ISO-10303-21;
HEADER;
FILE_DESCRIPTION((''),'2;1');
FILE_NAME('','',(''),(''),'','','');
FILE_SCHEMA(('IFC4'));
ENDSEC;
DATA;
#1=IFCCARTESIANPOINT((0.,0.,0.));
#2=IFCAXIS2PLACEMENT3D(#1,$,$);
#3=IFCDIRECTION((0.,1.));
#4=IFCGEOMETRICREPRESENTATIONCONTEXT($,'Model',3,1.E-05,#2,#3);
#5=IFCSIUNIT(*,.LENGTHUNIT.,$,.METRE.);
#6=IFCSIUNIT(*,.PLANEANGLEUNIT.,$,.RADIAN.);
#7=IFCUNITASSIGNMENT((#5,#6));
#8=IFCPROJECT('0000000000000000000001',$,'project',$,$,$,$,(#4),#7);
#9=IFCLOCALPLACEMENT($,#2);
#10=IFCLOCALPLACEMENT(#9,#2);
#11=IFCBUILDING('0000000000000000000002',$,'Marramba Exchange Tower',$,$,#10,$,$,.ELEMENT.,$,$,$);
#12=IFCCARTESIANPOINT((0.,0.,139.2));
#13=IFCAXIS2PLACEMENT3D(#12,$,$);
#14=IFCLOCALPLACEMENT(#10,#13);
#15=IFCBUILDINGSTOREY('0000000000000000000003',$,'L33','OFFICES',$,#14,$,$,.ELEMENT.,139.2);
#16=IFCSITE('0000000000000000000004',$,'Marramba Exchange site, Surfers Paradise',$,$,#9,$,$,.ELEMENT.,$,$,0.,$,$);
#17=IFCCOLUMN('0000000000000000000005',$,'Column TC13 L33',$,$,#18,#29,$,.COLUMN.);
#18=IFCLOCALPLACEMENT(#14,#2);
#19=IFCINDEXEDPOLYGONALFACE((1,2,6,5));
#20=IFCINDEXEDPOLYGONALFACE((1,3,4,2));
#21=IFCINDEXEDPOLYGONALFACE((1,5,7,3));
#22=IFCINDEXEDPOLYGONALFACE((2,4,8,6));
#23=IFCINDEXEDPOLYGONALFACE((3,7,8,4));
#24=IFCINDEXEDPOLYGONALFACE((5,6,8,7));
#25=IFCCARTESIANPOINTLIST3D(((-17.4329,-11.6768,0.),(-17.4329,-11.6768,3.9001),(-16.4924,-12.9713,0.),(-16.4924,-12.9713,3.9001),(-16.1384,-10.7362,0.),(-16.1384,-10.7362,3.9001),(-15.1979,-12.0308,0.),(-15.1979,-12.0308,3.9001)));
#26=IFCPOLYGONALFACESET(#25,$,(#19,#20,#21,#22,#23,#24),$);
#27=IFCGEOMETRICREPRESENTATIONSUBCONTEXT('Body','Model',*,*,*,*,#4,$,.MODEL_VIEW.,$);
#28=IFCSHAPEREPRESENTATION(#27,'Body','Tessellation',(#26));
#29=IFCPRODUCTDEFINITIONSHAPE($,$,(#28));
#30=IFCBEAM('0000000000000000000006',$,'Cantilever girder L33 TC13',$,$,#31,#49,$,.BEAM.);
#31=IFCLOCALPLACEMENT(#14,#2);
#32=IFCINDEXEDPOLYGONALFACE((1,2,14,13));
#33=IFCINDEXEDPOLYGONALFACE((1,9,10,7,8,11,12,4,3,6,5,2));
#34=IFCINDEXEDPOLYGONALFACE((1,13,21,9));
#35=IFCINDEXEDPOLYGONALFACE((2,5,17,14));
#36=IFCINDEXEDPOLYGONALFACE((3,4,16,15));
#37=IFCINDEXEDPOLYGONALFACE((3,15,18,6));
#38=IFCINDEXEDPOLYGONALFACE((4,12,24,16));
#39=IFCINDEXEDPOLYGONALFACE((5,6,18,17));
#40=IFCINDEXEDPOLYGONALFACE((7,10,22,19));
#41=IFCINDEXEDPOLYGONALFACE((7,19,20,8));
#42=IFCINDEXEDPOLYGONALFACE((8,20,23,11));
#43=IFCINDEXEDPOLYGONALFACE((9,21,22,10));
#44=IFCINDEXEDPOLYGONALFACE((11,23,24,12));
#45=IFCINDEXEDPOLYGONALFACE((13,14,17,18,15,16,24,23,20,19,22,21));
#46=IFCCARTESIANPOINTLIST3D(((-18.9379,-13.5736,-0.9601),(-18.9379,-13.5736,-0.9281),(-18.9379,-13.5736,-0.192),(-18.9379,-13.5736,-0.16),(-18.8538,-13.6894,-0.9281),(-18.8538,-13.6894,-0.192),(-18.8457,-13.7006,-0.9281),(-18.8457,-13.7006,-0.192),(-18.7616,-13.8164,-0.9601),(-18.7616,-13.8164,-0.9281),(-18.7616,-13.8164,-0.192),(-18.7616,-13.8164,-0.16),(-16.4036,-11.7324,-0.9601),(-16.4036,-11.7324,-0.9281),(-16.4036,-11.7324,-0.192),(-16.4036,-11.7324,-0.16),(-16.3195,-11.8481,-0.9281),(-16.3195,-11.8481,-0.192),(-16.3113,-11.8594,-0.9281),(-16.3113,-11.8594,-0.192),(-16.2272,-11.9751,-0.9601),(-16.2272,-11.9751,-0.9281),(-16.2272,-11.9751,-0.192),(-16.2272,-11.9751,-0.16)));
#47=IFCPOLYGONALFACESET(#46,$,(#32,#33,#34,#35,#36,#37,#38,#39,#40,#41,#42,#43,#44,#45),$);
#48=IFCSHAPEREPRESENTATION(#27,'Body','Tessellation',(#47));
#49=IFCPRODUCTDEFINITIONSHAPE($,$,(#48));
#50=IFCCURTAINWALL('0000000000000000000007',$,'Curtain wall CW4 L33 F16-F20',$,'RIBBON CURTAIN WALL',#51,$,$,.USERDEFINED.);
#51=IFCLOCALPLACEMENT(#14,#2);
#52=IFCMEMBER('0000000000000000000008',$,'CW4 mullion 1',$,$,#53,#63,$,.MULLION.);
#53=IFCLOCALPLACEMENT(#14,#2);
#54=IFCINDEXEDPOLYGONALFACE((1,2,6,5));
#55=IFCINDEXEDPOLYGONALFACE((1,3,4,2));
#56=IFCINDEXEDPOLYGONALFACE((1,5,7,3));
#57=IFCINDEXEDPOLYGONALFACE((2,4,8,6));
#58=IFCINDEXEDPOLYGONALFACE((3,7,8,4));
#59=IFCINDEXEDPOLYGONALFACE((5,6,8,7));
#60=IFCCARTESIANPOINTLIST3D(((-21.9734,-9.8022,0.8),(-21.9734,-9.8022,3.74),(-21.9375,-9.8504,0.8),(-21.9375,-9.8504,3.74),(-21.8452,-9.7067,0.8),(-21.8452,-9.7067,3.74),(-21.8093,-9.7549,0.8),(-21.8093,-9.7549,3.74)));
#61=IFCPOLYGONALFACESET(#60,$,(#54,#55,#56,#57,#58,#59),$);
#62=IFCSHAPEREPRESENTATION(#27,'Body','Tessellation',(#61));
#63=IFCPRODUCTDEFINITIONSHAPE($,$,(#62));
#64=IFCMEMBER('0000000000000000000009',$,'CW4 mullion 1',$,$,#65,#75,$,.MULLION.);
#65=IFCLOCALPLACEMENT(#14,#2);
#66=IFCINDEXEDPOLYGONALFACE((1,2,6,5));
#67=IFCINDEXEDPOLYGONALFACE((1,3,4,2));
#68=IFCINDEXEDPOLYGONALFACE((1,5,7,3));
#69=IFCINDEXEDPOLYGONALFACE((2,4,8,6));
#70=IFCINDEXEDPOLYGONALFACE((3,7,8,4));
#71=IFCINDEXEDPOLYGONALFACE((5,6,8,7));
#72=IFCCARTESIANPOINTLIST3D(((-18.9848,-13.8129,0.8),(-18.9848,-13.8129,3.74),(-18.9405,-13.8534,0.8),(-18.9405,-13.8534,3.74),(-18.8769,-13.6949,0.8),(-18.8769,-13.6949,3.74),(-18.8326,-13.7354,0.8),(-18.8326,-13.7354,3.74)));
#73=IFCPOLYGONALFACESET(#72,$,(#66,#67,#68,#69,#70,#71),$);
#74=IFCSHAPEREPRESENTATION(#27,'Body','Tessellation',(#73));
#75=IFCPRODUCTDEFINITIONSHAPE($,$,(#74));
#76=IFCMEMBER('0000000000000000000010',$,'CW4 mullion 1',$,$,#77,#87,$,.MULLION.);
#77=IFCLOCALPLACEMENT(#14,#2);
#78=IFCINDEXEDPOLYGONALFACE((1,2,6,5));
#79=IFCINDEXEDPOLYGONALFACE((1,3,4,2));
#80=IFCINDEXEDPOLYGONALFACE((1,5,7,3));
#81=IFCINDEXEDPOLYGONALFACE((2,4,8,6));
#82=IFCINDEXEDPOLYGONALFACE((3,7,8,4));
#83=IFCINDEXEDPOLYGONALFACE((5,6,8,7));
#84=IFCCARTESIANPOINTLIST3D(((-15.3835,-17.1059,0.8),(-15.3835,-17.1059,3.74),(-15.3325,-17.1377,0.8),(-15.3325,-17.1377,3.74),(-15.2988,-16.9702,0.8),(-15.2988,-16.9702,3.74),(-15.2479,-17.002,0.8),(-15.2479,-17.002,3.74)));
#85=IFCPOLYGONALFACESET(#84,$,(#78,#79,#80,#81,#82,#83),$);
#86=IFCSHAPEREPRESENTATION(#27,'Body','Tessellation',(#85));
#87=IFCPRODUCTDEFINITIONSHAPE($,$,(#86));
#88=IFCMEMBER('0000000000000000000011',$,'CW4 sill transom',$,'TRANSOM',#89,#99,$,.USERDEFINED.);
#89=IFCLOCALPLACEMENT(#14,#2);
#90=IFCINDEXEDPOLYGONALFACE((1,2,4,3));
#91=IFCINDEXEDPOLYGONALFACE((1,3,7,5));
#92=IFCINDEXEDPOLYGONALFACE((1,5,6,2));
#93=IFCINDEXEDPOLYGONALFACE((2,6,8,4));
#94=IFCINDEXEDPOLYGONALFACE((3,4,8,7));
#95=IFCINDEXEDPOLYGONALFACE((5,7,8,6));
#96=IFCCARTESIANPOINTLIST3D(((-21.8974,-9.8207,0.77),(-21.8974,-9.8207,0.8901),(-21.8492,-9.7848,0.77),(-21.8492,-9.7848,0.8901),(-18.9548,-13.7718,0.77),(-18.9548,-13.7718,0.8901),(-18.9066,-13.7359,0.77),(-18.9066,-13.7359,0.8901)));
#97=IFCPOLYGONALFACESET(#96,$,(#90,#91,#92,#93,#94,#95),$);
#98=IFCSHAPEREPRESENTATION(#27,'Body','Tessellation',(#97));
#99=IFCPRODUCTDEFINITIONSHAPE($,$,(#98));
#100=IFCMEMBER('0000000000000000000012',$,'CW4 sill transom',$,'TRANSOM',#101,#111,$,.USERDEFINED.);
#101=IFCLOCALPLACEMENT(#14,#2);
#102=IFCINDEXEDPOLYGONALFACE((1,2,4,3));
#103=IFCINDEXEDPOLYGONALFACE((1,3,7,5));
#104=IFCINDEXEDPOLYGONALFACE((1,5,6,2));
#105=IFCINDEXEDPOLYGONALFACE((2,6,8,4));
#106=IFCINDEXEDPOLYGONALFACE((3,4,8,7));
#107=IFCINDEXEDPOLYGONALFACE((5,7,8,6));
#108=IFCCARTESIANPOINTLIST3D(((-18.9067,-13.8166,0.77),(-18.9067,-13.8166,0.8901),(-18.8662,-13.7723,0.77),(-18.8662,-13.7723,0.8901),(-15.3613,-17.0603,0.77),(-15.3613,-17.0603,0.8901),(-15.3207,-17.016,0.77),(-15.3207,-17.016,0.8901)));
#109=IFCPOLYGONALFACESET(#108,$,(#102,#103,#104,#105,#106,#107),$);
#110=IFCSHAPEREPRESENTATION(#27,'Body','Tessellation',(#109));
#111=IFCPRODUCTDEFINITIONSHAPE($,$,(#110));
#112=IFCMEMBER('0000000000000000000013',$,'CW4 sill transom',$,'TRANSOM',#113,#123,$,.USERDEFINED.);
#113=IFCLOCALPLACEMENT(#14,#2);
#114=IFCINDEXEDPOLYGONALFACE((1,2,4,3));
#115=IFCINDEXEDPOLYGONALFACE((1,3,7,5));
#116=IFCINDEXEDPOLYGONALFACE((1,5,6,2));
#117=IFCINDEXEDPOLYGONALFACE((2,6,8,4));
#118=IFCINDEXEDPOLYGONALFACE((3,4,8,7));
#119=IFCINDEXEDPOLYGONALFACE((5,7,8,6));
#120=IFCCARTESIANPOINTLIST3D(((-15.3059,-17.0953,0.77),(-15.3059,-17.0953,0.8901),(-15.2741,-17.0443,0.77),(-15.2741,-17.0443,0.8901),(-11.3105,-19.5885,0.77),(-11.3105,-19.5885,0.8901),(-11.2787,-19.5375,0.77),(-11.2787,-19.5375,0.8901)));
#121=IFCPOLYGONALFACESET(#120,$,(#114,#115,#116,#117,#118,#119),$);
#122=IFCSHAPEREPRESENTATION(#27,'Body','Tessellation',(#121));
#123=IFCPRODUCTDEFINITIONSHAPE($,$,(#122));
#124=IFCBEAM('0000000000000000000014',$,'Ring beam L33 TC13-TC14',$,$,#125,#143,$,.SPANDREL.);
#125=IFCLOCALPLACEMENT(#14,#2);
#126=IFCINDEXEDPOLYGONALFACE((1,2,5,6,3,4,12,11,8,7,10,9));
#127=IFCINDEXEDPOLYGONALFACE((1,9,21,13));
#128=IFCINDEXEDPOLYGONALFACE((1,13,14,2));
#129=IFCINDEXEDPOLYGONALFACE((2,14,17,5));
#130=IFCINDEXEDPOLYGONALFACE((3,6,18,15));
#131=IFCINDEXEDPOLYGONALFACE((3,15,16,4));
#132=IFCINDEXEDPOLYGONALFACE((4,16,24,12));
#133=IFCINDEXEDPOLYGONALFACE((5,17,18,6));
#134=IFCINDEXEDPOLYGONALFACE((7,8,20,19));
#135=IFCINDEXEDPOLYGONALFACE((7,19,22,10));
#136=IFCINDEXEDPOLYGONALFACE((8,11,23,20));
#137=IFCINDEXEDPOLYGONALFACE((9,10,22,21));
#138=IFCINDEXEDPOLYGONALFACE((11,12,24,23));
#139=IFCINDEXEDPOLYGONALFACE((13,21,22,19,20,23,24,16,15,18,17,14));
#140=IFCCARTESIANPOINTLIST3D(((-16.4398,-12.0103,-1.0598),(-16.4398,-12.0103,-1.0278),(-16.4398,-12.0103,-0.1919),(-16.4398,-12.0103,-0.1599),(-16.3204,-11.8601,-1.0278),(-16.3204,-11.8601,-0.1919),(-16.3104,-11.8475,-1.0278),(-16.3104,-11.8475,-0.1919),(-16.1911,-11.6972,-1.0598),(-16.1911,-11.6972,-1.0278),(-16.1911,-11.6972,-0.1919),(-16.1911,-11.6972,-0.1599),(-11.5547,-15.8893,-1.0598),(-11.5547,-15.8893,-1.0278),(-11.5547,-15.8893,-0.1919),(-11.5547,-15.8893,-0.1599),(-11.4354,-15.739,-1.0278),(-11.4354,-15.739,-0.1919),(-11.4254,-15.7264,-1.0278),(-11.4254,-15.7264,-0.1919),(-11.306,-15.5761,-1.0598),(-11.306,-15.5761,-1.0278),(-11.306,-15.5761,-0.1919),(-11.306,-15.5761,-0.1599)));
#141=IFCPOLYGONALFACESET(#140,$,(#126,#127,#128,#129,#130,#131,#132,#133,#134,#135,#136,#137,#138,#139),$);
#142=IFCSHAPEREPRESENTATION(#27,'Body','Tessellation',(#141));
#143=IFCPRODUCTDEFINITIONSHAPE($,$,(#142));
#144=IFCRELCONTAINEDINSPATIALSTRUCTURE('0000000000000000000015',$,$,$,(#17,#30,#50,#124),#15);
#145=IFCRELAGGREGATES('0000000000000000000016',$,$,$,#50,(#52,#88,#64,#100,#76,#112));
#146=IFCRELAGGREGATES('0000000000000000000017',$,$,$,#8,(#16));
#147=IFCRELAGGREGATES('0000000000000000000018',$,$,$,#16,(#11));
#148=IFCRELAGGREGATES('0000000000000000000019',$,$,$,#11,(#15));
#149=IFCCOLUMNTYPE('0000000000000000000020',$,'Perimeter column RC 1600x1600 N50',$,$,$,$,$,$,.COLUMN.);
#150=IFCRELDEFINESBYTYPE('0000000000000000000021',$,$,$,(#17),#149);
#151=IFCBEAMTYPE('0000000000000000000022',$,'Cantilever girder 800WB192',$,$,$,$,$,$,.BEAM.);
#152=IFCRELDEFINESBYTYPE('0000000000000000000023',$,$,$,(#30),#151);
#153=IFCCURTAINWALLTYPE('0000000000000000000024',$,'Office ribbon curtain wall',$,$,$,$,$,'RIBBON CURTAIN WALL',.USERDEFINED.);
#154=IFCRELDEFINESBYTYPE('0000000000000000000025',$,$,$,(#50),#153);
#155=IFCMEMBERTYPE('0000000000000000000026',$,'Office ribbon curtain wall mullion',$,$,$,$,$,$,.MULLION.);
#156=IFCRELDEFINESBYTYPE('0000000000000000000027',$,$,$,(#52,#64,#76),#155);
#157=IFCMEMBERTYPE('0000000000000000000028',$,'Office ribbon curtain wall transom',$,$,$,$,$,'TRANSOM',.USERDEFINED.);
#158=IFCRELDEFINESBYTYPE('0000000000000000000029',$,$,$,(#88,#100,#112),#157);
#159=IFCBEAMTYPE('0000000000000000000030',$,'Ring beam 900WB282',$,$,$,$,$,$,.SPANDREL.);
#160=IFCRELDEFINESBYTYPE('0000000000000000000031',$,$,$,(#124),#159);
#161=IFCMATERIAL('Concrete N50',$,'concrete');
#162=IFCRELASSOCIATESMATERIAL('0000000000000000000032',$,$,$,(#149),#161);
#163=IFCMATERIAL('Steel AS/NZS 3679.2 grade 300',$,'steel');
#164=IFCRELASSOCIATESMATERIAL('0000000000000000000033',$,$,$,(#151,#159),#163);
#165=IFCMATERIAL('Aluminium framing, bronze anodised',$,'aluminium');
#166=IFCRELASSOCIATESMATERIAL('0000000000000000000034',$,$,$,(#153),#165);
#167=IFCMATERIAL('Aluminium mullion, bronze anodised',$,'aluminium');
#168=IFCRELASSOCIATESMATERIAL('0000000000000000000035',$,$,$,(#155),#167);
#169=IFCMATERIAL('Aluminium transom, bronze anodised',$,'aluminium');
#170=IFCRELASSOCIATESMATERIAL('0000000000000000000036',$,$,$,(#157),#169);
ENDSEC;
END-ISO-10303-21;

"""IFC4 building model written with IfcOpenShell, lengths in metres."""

from ifc_helpers import new_model, si_unit, direction, frame, origin, origin_2d, place, context, subcontext, project, spatial, rectangle, i_section, extrude, material, material_profile, profile_set, type_object, element, aggregate, save


model = new_model("IFC4")

# Units and contexts
model_context = context("Model", 3, precision=1e-05, world=origin(), true_north=direction((0.0, 1.0)))
body_context = subcontext(model_context, "Body", "Model", "MODEL_VIEW")
ifc_project = project(units=[si_unit("LENGTHUNIT", "METRE"), si_unit("PLANEANGLEUNIT", "RADIAN")], contexts=[model_context])

# Site, building, storey
site_placement = place(None, origin())
site = spatial("IfcSite", under=ifc_project, at=site_placement, Name="Marramba Exchange site, Surfers Paradise", CompositionType="ELEMENT", RefElevation=0.0)
building_placement = place(site_placement, origin())
building = spatial("IfcBuilding", under=site, at=building_placement, Name="Marramba Exchange Tower", CompositionType="ELEMENT")
storey_placement = place(building_placement, frame((0.0, 0.0, 139.2)))
storey = spatial("IfcBuildingStorey", under=building, at=storey_placement, Name="L33", Description="OFFICES", CompositionType="ELEMENT", Elevation=139.2)

# Column
ifc_material_1 = material(Name="Concrete N50", Category="concrete")
ifc_material_profile_1 = material_profile(ifc_material_1, rectangle(XDim=1.6001, YDim=1.6001, at=origin_2d()), Name="RC 1600x1600")
ifc_profile_set_1 = profile_set([ifc_material_profile_1], Name="Concrete N50")
column_type = type_object("IfcColumnType", Name="Perimeter column RC 1600x1600 N50", PredefinedType="COLUMN", material=ifc_profile_set_1)
column_placement = place(storey_placement, frame((-16.3154, -11.8538, 0.0), z_axis=(0.0, 0.0, 1.0), x_axis=(-0.809017, -0.587785, 0.0)))
element("IfcColumn", 1, at=column_placement, inside=storey, type_object=column_type, Name="Column TC13 L33", PredefinedType="COLUMN", context=body_context, shape_type="SweptSolid", body=[
    extrude(rectangle(XDim=1.6001, YDim=1.6001, at=origin_2d()), origin(), (0.0, 0.0, 1.0), 3.9001),
])

# Beam
ifc_material_2 = material(Name="Steel AS/NZS 3679.2 grade 300", Category="steel")
ifc_material_profile_2 = material_profile(ifc_material_2, i_section(OverallWidth=0.3, OverallDepth=0.8, WebThickness=0.0139, FlangeThickness=0.032, at=origin_2d()), Name="800WB192")
ifc_profile_set_2 = profile_set([ifc_material_profile_2], Name="Steel AS/NZS 3679.2 grade 300")
beam_type_1 = type_object("IfcBeamType", Name="Cantilever girder 800WB192", PredefinedType="BEAM", material=ifc_profile_set_2)
beam_1_placement = place(storey_placement, frame((-16.3154, -11.8538, -0.5601), z_axis=(-0.809026, -0.587773, 0.0), x_axis=(0.587773, -0.809026, 0.0)))
element("IfcBeam", 2, at=beam_1_placement, inside=storey, type_object=beam_type_1, Name="Cantilever girder L33 TC13", PredefinedType="BEAM", context=body_context, shape_type="SweptSolid", body=[
    extrude(i_section(OverallWidth=0.3, OverallDepth=0.8, WebThickness=0.0139, FlangeThickness=0.032, at=origin_2d()), origin(), (0.0, 0.0, 1.0), 3.1326),
])

# Curtain wall, members
ifc_material_3 = material(Name="Aluminium framing, bronze anodised", Category="aluminium")
curtain_wall_type = type_object("IfcCurtainWallType", Name="Office ribbon curtain wall", ElementType="RIBBON CURTAIN WALL", PredefinedType="USERDEFINED", material=ifc_material_3)
curtain_wall_placement = place(storey_placement, origin())
curtain_wall = element("IfcCurtainWall", 3, at=curtain_wall_placement, inside=storey, type_object=curtain_wall_type, Name="Curtain wall CW4 L33 F16-F20", ObjectType="RIBBON CURTAIN WALL", PredefinedType="USERDEFINED")
ifc_material_4 = material(Name="Aluminium mullion, bronze anodised", Category="aluminium")
ifc_material_profile_3 = material_profile(ifc_material_4, rectangle(XDim=0.1599, YDim=0.0601, at=origin_2d()), Name="CW4 mullion 60x160")
ifc_profile_set_3 = profile_set([ifc_material_profile_3], Name="Aluminium mullion, bronze anodised")
member_type_1 = type_object("IfcMemberType", Name="Office ribbon curtain wall mullion", PredefinedType="MULLION", material=ifc_profile_set_3)
member_1_placement = place(storey_placement, frame((-21.8914, -9.7786, 0.8), z_axis=(0.0, 0.0, 1.0), x_axis=(0.802014, 0.597305, 0.0)))
member_1 = element("IfcMember", 4, at=member_1_placement, type_object=member_type_1, Name="CW4 mullion 1", PredefinedType="MULLION", context=body_context, shape_type="SweptSolid", body=[
    extrude(rectangle(XDim=0.1599, YDim=0.0601, at=origin_2d()), origin(), (0.0, 0.0, 1.0), 2.9399),
])
member_2_placement = place(storey_placement, frame((-18.9087, -13.7742, 0.8), z_axis=(0.0, 0.0, 1.0), x_axis=(0.674995, 0.737822, 0.0)))
member_2 = element("IfcMember", 5, at=member_2_placement, type_object=member_type_1, Name="CW4 mullion 1", PredefinedType="MULLION", context=body_context, shape_type="SweptSolid", body=[
    extrude(rectangle(XDim=0.1599, YDim=0.0601, at=origin_2d()), origin(), (0.0, 0.0, 1.0), 2.9399),
])
member_3_placement = place(storey_placement, frame((-15.3157, -17.054, 0.8), z_axis=(0.0, 0.0, 1.0), x_axis=(0.529428, 0.848355, 0.0)))
member_3 = element("IfcMember", 6, at=member_3_placement, type_object=member_type_1, Name="CW4 mullion 1", PredefinedType="MULLION", context=body_context, shape_type="SweptSolid", body=[
    extrude(rectangle(XDim=0.1599, YDim=0.0601, at=origin_2d()), origin(), (0.0, 0.0, 1.0), 2.9399),
])
ifc_material_5 = material(Name="Aluminium transom, bronze anodised", Category="aluminium")
ifc_material_profile_4 = material_profile(ifc_material_5, rectangle(XDim=0.0601, YDim=0.1201, at=origin_2d()), Name="CW4 transom 60x120")
ifc_profile_set_4 = profile_set([ifc_material_profile_4], Name="Aluminium transom, bronze anodised")
member_type_2 = type_object("IfcMemberType", Name="Office ribbon curtain wall transom", ElementType="TRANSOM", PredefinedType="USERDEFINED", material=ifc_profile_set_4)
member_4_placement = place(storey_placement, frame((-21.8733, -9.8027, 0.8301), z_axis=(0.597301, -0.802017, 0.0), x_axis=(0.802017, 0.597301, 0.0)))
member_4 = element("IfcMember", 7, at=member_4_placement, type_object=member_type_2, Name="CW4 sill transom", ObjectType="TRANSOM", PredefinedType="USERDEFINED", context=body_context, shape_type="SweptSolid", body=[
    extrude(rectangle(XDim=0.0601, YDim=0.1201, at=origin_2d()), origin(), (0.0, 0.0, 1.0), 4.9265),
])
member_5_placement = place(storey_placement, frame((-18.8865, -13.7944, 0.8301), z_axis=(0.737808, -0.675011, 0.0), x_axis=(0.675011, 0.737808, 0.0)))
member_5 = element("IfcMember", 8, at=member_5_placement, type_object=member_type_2, Name="CW4 sill transom", ObjectType="TRANSOM", PredefinedType="USERDEFINED", context=body_context, shape_type="SweptSolid", body=[
    extrude(rectangle(XDim=0.0601, YDim=0.1201, at=origin_2d()), origin(), (0.0, 0.0, 1.0), 4.8054),
])
member_6_placement = place(storey_placement, frame((-15.29, -17.0698, 0.8301), z_axis=(0.848374, -0.529398, 0.0), x_axis=(0.529398, 0.848374, 0.0)))
member_6 = element("IfcMember", 9, at=member_6_placement, type_object=member_type_2, Name="CW4 sill transom", ObjectType="TRANSOM", PredefinedType="USERDEFINED", context=body_context, shape_type="SweptSolid", body=[
    extrude(rectangle(XDim=0.0601, YDim=0.1201, at=origin_2d()), origin(), (0.0, 0.0, 1.0), 4.7095),
])

# Beam
ifc_material_profile_5 = material_profile(ifc_material_2, i_section(OverallWidth=0.3999, OverallDepth=0.8999, WebThickness=0.0161, FlangeThickness=0.032, at=origin_2d()), Name="900WB282")
ifc_profile_set_5 = profile_set([ifc_material_profile_5], Name="Steel AS/NZS 3679.2 grade 300")
beam_type_2 = type_object("IfcBeamType", Name="Ring beam 900WB282", PredefinedType="SPANDREL", material=ifc_profile_set_5)
beam_2_placement = place(storey_placement, frame((-16.3154, -11.8538, -0.6099), z_axis=(0.783139, -0.621846, 0.0), x_axis=(0.621846, 0.783139, 0.0)))
element("IfcBeam", 10, at=beam_2_placement, inside=storey, type_object=beam_type_2, Name="Ring beam L33 TC13-TC14", PredefinedType="SPANDREL", context=body_context, shape_type="SweptSolid", body=[
    extrude(i_section(OverallWidth=0.3999, OverallDepth=0.8999, WebThickness=0.0161, FlangeThickness=0.032, at=origin_2d()), origin(), (0.0, 0.0, 1.0), 6.2378),
])

aggregate(curtain_wall, [member_1, member_4, member_2, member_5, member_3, member_6])

save(model, "model.ifc")
